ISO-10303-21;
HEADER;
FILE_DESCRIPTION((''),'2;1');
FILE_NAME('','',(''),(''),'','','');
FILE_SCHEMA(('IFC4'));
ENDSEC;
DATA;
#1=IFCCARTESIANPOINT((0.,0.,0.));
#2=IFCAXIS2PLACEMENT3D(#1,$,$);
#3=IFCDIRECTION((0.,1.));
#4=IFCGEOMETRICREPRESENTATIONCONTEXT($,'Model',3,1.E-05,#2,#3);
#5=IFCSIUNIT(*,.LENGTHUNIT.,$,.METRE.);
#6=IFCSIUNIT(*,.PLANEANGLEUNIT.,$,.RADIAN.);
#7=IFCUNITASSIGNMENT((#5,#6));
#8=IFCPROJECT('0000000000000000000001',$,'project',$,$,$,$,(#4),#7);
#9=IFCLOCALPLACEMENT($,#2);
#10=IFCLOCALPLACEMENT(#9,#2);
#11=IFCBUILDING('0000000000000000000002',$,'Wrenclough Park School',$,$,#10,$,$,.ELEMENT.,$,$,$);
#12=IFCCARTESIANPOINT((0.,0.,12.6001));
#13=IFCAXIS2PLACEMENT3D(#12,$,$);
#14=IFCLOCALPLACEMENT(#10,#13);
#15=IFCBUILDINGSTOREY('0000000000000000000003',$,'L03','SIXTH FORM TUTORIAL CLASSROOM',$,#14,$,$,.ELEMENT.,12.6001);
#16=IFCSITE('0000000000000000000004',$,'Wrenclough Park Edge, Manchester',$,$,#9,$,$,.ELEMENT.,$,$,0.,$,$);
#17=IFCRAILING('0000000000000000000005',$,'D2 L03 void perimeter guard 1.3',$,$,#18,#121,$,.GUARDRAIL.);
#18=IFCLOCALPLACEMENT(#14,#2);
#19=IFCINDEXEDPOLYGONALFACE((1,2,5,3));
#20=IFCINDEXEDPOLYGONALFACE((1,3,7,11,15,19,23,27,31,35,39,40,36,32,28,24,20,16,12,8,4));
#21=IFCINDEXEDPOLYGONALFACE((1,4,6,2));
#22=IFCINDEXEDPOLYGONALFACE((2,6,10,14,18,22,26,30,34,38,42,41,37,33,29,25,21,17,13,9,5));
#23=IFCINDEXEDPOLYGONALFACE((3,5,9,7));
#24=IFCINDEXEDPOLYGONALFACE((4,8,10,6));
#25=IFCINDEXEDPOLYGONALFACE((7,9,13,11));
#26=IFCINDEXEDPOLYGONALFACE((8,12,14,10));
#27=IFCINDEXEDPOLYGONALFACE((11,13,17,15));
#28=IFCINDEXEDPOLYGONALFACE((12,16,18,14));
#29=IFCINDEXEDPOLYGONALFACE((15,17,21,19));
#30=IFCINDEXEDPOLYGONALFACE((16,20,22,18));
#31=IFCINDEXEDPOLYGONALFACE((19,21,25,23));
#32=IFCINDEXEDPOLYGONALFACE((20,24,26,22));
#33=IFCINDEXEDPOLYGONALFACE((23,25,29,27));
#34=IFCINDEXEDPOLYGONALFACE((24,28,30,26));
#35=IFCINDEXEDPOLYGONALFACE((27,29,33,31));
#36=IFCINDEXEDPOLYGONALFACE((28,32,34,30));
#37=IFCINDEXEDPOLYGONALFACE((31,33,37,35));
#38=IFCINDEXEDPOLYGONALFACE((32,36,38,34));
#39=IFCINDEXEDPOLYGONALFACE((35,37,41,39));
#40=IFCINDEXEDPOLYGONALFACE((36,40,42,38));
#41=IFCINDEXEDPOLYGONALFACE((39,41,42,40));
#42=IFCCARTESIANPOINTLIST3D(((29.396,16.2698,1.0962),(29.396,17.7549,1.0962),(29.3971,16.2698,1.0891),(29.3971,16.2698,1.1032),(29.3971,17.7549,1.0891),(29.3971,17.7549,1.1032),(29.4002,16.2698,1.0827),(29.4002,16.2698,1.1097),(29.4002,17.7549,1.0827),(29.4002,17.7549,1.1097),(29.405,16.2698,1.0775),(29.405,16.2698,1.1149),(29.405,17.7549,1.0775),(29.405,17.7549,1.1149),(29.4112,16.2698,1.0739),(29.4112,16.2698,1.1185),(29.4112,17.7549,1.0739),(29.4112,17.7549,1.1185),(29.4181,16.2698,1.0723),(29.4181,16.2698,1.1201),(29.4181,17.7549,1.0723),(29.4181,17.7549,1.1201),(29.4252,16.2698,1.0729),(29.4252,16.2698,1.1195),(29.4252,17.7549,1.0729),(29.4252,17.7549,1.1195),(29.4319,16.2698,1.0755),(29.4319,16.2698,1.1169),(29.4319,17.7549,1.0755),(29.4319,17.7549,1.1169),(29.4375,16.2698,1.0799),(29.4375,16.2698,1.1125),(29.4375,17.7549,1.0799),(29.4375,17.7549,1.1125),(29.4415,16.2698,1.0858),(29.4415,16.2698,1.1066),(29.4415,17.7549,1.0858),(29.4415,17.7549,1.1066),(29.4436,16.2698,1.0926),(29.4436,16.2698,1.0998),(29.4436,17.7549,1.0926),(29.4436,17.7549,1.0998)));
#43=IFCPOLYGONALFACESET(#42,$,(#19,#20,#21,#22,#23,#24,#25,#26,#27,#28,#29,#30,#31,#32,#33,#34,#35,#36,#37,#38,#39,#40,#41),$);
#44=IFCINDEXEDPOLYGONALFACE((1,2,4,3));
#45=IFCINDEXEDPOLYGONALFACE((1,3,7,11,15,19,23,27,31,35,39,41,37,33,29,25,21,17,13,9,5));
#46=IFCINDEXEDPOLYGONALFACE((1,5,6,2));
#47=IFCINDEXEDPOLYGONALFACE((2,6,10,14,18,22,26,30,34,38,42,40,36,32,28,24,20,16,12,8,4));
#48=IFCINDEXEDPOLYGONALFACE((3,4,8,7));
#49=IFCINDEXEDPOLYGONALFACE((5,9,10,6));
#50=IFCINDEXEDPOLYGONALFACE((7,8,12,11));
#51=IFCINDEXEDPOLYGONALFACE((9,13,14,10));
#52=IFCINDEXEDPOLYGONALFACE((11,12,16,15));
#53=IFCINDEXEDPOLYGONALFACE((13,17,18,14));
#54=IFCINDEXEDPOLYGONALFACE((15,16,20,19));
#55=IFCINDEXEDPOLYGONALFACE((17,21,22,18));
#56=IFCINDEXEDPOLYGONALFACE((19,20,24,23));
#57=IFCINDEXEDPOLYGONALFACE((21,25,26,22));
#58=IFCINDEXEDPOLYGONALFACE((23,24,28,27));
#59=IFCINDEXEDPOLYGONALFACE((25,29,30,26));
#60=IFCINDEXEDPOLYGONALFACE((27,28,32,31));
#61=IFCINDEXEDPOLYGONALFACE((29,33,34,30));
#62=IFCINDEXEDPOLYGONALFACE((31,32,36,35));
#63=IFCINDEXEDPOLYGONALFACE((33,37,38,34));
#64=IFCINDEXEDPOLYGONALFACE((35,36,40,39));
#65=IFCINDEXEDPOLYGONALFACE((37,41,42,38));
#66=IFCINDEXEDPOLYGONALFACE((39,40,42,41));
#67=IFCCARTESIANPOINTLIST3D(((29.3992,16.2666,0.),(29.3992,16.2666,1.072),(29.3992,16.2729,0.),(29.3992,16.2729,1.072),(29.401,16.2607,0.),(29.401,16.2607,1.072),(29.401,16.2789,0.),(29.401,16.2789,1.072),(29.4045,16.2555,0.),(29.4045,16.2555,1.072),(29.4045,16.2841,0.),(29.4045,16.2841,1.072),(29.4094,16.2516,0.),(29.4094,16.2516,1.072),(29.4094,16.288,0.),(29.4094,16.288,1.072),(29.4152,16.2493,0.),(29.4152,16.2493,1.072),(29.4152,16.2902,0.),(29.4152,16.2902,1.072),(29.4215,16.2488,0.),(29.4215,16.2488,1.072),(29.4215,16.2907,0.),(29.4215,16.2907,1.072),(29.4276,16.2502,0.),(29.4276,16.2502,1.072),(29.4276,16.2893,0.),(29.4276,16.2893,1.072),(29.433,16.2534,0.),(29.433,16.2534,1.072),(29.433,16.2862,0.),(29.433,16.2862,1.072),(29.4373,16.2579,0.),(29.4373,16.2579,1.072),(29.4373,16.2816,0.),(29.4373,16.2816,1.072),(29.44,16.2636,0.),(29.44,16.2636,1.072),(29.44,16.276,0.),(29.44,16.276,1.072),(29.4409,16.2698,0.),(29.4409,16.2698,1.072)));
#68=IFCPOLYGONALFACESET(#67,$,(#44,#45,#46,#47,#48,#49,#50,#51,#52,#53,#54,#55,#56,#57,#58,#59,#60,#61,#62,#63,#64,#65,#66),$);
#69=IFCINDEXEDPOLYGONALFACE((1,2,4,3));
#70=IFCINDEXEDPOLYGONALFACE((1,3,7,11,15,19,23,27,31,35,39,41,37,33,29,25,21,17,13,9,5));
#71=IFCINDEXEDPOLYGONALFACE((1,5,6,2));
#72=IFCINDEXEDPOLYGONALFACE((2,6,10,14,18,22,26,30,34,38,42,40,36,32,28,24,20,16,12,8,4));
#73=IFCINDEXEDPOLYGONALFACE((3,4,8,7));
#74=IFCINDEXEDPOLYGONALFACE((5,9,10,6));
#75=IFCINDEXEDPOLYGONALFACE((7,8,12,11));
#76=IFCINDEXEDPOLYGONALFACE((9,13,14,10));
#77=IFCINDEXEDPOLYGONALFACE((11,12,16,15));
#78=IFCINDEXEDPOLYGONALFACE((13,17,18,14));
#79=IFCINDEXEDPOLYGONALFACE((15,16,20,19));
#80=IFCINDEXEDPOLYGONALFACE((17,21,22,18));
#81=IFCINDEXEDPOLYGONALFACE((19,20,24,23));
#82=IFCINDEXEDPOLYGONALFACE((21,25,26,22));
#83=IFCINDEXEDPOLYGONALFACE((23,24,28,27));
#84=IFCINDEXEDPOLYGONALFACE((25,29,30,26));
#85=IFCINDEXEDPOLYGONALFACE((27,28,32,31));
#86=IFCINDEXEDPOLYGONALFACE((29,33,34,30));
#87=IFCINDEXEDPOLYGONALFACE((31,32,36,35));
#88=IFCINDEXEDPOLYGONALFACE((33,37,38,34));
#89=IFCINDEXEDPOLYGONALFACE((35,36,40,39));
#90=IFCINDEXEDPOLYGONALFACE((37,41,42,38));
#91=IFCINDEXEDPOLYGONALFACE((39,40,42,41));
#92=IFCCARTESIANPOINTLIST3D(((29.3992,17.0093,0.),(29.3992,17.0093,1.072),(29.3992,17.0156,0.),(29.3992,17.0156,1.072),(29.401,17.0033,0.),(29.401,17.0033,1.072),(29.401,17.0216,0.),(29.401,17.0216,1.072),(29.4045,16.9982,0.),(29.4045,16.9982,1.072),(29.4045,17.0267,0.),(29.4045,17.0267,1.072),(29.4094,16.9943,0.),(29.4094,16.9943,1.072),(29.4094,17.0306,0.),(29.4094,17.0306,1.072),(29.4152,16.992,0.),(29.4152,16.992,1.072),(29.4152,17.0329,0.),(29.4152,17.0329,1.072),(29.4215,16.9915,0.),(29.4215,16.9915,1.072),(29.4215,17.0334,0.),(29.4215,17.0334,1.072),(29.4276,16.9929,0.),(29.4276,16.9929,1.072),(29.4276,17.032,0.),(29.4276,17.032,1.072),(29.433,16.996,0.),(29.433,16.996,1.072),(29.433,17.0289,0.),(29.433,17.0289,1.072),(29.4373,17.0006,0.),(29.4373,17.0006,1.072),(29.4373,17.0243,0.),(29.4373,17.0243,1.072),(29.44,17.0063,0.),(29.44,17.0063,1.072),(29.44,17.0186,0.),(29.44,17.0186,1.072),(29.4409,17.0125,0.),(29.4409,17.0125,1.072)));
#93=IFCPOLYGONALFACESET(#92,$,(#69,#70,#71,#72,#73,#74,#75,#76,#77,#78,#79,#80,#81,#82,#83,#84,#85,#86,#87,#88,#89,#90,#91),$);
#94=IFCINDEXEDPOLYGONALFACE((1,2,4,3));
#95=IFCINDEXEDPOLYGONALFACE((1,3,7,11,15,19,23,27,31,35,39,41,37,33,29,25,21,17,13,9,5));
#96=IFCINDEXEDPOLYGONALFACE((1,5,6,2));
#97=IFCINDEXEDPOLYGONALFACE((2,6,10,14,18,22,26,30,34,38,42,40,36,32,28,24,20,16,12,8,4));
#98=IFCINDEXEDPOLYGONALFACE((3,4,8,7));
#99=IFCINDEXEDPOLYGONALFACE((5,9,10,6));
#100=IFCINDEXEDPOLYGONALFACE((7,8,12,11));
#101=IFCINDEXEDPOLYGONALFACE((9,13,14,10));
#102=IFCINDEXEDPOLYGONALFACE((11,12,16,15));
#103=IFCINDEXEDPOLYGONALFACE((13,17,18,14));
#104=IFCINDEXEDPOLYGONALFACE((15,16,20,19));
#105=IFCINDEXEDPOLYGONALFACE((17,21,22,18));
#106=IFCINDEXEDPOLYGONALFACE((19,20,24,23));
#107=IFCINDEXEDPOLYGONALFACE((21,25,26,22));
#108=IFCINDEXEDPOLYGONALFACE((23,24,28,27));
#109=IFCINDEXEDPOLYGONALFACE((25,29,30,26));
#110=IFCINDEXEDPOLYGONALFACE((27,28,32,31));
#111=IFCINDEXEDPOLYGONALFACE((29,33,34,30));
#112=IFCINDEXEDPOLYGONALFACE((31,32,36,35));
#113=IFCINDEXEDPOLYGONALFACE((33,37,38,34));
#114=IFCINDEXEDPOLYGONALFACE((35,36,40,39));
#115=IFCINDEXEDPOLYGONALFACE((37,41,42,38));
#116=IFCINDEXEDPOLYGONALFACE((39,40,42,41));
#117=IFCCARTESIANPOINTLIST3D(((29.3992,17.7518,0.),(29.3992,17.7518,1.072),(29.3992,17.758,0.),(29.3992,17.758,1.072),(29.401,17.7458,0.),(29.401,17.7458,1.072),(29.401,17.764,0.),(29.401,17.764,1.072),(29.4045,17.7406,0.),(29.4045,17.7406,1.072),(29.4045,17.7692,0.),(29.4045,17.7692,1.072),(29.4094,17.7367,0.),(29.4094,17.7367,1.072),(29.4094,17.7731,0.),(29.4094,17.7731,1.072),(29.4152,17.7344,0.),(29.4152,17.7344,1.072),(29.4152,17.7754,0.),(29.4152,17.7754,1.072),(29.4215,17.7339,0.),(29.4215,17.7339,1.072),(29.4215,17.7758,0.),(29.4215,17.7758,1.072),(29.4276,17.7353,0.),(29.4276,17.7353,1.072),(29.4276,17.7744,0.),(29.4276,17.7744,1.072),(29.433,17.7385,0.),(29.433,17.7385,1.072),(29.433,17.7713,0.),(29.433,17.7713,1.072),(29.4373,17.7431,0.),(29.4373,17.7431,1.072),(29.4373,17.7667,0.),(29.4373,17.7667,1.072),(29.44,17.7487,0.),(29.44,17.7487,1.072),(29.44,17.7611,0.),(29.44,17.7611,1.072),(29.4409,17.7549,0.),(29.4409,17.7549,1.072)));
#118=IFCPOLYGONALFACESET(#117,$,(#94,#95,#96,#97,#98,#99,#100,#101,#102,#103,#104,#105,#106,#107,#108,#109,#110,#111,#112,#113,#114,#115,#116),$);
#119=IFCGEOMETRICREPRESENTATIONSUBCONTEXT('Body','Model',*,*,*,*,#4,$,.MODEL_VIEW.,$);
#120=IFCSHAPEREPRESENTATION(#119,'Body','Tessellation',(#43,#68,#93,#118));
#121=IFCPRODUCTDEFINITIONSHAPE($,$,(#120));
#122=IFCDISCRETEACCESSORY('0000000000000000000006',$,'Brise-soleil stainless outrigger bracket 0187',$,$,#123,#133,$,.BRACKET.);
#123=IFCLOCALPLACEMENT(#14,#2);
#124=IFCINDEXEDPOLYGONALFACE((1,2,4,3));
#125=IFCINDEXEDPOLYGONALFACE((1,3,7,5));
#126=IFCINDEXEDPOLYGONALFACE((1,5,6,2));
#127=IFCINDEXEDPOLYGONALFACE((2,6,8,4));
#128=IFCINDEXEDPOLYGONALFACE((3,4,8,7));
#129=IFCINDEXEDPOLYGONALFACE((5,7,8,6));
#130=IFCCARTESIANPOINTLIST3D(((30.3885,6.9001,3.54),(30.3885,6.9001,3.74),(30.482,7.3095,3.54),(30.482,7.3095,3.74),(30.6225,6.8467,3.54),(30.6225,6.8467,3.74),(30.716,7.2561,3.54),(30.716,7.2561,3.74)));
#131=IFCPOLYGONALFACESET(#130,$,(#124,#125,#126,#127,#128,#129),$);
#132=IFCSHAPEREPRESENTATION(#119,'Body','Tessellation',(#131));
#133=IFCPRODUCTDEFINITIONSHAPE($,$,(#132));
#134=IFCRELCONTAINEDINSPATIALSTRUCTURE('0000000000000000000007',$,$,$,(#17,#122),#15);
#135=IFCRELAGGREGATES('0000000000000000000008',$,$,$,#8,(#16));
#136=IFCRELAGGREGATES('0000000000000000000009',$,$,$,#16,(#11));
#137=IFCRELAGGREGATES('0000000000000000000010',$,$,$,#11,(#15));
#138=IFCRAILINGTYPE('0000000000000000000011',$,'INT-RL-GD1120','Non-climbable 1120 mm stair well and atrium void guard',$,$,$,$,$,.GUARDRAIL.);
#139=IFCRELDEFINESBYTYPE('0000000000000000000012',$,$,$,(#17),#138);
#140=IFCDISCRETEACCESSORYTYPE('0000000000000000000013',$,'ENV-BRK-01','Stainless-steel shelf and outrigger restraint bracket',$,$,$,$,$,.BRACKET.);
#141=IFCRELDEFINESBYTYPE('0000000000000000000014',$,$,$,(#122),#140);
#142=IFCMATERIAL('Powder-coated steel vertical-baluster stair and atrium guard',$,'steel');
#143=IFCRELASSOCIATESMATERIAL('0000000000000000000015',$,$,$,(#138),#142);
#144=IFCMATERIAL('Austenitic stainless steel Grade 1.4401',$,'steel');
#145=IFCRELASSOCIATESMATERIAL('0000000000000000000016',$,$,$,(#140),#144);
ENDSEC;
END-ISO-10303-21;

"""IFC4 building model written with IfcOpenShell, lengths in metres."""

from ifc_helpers import new_model, si_unit, direction, frame, origin, origin_2d, place, context, subcontext, project, spatial, rectangle, circle, extrude, material, type_object, element, save


model = new_model("IFC4")

# Units and contexts
model_context = context("Model", 3, precision=1e-05, world=origin(), true_north=direction((0.0, 1.0)))
body_context = subcontext(model_context, "Body", "Model", "MODEL_VIEW")
ifc_project = project(units=[si_unit("LENGTHUNIT", "METRE"), si_unit("PLANEANGLEUNIT", "RADIAN")], contexts=[model_context])

# Site, building, storey
site_placement = place(None, origin())
site = spatial("IfcSite", under=ifc_project, at=site_placement, Name="Wrenclough Park Edge, Manchester", CompositionType="ELEMENT", RefElevation=0.0)
building_placement = place(site_placement, origin())
building = spatial("IfcBuilding", under=site, at=building_placement, Name="Wrenclough Park School", CompositionType="ELEMENT")
storey_placement = place(building_placement, frame((0.0, 0.0, 12.6001)))
storey = spatial("IfcBuildingStorey", under=building, at=storey_placement, Name="L03", Description="SIXTH FORM TUTORIAL CLASSROOM", CompositionType="ELEMENT", Elevation=12.6001)

# Railing
ifc_material_1 = material(Name="Powder-coated steel vertical-baluster stair and atrium guard", Category="steel")
railing_type = type_object("IfcRailingType", Name="INT-RL-GD1120", Description="Non-climbable 1120 mm stair well and atrium void guard", PredefinedType="GUARDRAIL", material=ifc_material_1)
railing_1_placement = place(storey_placement, frame((29.4199, 16.2698, 0.0)))
element("IfcRailing", 1, at=railing_1_placement, inside=storey, type_object=railing_type, Name="D2 L03 void perimeter guard 1.3", PredefinedType="GUARDRAIL", context=body_context, shape_type="SweptSolid", body=[
    extrude(circle(Radius=0.0239, at=origin_2d()), frame((0.0, 0.0, 1.0962), z_axis=(0.0, 1.0, 0.0), x_axis=(-1.0, 0.0, 0.0)), (0.0, 0.0, 1.0), 1.4851),
    extrude(circle(Radius=0.021, at=origin_2d()), origin(), (0.0, 0.0, 1.0), 1.072),
    extrude(circle(Radius=0.021, at=origin_2d()), frame((0.0, 0.7427, 0.0)), (0.0, 0.0, 1.0), 1.072),
    extrude(circle(Radius=0.021, at=origin_2d()), frame((0.0, 1.4851, 0.0)), (0.0, 0.0, 1.0), 1.072),
])

# Discrete accessory
ifc_material_2 = material(Name="Austenitic stainless steel Grade 1.4401", Category="steel")
discrete_accessory_type = type_object("IfcDiscreteAccessoryType", Name="ENV-BRK-01", Description="Stainless-steel shelf and outrigger restraint bracket", PredefinedType="BRACKET", material=ifc_material_2)
discrete_accessory_placement = place(storey_placement, frame((30.5522, 7.0781, 3.54), z_axis=(0.0, 0.0, 1.0), x_axis=(0.974926, -0.222528, 0.0)))
element("IfcDiscreteAccessory", 2, at=discrete_accessory_placement, inside=storey, type_object=discrete_accessory_type, Name="Brise-soleil stainless outrigger bracket 0187", PredefinedType="BRACKET", context=body_context, shape_type="SweptSolid", body=[
    extrude(rectangle(XDim=0.24, YDim=0.4199, at=origin_2d()), origin(), (0.0, 0.0, 1.0), 0.2),
])

save(model, "model.ifc")
